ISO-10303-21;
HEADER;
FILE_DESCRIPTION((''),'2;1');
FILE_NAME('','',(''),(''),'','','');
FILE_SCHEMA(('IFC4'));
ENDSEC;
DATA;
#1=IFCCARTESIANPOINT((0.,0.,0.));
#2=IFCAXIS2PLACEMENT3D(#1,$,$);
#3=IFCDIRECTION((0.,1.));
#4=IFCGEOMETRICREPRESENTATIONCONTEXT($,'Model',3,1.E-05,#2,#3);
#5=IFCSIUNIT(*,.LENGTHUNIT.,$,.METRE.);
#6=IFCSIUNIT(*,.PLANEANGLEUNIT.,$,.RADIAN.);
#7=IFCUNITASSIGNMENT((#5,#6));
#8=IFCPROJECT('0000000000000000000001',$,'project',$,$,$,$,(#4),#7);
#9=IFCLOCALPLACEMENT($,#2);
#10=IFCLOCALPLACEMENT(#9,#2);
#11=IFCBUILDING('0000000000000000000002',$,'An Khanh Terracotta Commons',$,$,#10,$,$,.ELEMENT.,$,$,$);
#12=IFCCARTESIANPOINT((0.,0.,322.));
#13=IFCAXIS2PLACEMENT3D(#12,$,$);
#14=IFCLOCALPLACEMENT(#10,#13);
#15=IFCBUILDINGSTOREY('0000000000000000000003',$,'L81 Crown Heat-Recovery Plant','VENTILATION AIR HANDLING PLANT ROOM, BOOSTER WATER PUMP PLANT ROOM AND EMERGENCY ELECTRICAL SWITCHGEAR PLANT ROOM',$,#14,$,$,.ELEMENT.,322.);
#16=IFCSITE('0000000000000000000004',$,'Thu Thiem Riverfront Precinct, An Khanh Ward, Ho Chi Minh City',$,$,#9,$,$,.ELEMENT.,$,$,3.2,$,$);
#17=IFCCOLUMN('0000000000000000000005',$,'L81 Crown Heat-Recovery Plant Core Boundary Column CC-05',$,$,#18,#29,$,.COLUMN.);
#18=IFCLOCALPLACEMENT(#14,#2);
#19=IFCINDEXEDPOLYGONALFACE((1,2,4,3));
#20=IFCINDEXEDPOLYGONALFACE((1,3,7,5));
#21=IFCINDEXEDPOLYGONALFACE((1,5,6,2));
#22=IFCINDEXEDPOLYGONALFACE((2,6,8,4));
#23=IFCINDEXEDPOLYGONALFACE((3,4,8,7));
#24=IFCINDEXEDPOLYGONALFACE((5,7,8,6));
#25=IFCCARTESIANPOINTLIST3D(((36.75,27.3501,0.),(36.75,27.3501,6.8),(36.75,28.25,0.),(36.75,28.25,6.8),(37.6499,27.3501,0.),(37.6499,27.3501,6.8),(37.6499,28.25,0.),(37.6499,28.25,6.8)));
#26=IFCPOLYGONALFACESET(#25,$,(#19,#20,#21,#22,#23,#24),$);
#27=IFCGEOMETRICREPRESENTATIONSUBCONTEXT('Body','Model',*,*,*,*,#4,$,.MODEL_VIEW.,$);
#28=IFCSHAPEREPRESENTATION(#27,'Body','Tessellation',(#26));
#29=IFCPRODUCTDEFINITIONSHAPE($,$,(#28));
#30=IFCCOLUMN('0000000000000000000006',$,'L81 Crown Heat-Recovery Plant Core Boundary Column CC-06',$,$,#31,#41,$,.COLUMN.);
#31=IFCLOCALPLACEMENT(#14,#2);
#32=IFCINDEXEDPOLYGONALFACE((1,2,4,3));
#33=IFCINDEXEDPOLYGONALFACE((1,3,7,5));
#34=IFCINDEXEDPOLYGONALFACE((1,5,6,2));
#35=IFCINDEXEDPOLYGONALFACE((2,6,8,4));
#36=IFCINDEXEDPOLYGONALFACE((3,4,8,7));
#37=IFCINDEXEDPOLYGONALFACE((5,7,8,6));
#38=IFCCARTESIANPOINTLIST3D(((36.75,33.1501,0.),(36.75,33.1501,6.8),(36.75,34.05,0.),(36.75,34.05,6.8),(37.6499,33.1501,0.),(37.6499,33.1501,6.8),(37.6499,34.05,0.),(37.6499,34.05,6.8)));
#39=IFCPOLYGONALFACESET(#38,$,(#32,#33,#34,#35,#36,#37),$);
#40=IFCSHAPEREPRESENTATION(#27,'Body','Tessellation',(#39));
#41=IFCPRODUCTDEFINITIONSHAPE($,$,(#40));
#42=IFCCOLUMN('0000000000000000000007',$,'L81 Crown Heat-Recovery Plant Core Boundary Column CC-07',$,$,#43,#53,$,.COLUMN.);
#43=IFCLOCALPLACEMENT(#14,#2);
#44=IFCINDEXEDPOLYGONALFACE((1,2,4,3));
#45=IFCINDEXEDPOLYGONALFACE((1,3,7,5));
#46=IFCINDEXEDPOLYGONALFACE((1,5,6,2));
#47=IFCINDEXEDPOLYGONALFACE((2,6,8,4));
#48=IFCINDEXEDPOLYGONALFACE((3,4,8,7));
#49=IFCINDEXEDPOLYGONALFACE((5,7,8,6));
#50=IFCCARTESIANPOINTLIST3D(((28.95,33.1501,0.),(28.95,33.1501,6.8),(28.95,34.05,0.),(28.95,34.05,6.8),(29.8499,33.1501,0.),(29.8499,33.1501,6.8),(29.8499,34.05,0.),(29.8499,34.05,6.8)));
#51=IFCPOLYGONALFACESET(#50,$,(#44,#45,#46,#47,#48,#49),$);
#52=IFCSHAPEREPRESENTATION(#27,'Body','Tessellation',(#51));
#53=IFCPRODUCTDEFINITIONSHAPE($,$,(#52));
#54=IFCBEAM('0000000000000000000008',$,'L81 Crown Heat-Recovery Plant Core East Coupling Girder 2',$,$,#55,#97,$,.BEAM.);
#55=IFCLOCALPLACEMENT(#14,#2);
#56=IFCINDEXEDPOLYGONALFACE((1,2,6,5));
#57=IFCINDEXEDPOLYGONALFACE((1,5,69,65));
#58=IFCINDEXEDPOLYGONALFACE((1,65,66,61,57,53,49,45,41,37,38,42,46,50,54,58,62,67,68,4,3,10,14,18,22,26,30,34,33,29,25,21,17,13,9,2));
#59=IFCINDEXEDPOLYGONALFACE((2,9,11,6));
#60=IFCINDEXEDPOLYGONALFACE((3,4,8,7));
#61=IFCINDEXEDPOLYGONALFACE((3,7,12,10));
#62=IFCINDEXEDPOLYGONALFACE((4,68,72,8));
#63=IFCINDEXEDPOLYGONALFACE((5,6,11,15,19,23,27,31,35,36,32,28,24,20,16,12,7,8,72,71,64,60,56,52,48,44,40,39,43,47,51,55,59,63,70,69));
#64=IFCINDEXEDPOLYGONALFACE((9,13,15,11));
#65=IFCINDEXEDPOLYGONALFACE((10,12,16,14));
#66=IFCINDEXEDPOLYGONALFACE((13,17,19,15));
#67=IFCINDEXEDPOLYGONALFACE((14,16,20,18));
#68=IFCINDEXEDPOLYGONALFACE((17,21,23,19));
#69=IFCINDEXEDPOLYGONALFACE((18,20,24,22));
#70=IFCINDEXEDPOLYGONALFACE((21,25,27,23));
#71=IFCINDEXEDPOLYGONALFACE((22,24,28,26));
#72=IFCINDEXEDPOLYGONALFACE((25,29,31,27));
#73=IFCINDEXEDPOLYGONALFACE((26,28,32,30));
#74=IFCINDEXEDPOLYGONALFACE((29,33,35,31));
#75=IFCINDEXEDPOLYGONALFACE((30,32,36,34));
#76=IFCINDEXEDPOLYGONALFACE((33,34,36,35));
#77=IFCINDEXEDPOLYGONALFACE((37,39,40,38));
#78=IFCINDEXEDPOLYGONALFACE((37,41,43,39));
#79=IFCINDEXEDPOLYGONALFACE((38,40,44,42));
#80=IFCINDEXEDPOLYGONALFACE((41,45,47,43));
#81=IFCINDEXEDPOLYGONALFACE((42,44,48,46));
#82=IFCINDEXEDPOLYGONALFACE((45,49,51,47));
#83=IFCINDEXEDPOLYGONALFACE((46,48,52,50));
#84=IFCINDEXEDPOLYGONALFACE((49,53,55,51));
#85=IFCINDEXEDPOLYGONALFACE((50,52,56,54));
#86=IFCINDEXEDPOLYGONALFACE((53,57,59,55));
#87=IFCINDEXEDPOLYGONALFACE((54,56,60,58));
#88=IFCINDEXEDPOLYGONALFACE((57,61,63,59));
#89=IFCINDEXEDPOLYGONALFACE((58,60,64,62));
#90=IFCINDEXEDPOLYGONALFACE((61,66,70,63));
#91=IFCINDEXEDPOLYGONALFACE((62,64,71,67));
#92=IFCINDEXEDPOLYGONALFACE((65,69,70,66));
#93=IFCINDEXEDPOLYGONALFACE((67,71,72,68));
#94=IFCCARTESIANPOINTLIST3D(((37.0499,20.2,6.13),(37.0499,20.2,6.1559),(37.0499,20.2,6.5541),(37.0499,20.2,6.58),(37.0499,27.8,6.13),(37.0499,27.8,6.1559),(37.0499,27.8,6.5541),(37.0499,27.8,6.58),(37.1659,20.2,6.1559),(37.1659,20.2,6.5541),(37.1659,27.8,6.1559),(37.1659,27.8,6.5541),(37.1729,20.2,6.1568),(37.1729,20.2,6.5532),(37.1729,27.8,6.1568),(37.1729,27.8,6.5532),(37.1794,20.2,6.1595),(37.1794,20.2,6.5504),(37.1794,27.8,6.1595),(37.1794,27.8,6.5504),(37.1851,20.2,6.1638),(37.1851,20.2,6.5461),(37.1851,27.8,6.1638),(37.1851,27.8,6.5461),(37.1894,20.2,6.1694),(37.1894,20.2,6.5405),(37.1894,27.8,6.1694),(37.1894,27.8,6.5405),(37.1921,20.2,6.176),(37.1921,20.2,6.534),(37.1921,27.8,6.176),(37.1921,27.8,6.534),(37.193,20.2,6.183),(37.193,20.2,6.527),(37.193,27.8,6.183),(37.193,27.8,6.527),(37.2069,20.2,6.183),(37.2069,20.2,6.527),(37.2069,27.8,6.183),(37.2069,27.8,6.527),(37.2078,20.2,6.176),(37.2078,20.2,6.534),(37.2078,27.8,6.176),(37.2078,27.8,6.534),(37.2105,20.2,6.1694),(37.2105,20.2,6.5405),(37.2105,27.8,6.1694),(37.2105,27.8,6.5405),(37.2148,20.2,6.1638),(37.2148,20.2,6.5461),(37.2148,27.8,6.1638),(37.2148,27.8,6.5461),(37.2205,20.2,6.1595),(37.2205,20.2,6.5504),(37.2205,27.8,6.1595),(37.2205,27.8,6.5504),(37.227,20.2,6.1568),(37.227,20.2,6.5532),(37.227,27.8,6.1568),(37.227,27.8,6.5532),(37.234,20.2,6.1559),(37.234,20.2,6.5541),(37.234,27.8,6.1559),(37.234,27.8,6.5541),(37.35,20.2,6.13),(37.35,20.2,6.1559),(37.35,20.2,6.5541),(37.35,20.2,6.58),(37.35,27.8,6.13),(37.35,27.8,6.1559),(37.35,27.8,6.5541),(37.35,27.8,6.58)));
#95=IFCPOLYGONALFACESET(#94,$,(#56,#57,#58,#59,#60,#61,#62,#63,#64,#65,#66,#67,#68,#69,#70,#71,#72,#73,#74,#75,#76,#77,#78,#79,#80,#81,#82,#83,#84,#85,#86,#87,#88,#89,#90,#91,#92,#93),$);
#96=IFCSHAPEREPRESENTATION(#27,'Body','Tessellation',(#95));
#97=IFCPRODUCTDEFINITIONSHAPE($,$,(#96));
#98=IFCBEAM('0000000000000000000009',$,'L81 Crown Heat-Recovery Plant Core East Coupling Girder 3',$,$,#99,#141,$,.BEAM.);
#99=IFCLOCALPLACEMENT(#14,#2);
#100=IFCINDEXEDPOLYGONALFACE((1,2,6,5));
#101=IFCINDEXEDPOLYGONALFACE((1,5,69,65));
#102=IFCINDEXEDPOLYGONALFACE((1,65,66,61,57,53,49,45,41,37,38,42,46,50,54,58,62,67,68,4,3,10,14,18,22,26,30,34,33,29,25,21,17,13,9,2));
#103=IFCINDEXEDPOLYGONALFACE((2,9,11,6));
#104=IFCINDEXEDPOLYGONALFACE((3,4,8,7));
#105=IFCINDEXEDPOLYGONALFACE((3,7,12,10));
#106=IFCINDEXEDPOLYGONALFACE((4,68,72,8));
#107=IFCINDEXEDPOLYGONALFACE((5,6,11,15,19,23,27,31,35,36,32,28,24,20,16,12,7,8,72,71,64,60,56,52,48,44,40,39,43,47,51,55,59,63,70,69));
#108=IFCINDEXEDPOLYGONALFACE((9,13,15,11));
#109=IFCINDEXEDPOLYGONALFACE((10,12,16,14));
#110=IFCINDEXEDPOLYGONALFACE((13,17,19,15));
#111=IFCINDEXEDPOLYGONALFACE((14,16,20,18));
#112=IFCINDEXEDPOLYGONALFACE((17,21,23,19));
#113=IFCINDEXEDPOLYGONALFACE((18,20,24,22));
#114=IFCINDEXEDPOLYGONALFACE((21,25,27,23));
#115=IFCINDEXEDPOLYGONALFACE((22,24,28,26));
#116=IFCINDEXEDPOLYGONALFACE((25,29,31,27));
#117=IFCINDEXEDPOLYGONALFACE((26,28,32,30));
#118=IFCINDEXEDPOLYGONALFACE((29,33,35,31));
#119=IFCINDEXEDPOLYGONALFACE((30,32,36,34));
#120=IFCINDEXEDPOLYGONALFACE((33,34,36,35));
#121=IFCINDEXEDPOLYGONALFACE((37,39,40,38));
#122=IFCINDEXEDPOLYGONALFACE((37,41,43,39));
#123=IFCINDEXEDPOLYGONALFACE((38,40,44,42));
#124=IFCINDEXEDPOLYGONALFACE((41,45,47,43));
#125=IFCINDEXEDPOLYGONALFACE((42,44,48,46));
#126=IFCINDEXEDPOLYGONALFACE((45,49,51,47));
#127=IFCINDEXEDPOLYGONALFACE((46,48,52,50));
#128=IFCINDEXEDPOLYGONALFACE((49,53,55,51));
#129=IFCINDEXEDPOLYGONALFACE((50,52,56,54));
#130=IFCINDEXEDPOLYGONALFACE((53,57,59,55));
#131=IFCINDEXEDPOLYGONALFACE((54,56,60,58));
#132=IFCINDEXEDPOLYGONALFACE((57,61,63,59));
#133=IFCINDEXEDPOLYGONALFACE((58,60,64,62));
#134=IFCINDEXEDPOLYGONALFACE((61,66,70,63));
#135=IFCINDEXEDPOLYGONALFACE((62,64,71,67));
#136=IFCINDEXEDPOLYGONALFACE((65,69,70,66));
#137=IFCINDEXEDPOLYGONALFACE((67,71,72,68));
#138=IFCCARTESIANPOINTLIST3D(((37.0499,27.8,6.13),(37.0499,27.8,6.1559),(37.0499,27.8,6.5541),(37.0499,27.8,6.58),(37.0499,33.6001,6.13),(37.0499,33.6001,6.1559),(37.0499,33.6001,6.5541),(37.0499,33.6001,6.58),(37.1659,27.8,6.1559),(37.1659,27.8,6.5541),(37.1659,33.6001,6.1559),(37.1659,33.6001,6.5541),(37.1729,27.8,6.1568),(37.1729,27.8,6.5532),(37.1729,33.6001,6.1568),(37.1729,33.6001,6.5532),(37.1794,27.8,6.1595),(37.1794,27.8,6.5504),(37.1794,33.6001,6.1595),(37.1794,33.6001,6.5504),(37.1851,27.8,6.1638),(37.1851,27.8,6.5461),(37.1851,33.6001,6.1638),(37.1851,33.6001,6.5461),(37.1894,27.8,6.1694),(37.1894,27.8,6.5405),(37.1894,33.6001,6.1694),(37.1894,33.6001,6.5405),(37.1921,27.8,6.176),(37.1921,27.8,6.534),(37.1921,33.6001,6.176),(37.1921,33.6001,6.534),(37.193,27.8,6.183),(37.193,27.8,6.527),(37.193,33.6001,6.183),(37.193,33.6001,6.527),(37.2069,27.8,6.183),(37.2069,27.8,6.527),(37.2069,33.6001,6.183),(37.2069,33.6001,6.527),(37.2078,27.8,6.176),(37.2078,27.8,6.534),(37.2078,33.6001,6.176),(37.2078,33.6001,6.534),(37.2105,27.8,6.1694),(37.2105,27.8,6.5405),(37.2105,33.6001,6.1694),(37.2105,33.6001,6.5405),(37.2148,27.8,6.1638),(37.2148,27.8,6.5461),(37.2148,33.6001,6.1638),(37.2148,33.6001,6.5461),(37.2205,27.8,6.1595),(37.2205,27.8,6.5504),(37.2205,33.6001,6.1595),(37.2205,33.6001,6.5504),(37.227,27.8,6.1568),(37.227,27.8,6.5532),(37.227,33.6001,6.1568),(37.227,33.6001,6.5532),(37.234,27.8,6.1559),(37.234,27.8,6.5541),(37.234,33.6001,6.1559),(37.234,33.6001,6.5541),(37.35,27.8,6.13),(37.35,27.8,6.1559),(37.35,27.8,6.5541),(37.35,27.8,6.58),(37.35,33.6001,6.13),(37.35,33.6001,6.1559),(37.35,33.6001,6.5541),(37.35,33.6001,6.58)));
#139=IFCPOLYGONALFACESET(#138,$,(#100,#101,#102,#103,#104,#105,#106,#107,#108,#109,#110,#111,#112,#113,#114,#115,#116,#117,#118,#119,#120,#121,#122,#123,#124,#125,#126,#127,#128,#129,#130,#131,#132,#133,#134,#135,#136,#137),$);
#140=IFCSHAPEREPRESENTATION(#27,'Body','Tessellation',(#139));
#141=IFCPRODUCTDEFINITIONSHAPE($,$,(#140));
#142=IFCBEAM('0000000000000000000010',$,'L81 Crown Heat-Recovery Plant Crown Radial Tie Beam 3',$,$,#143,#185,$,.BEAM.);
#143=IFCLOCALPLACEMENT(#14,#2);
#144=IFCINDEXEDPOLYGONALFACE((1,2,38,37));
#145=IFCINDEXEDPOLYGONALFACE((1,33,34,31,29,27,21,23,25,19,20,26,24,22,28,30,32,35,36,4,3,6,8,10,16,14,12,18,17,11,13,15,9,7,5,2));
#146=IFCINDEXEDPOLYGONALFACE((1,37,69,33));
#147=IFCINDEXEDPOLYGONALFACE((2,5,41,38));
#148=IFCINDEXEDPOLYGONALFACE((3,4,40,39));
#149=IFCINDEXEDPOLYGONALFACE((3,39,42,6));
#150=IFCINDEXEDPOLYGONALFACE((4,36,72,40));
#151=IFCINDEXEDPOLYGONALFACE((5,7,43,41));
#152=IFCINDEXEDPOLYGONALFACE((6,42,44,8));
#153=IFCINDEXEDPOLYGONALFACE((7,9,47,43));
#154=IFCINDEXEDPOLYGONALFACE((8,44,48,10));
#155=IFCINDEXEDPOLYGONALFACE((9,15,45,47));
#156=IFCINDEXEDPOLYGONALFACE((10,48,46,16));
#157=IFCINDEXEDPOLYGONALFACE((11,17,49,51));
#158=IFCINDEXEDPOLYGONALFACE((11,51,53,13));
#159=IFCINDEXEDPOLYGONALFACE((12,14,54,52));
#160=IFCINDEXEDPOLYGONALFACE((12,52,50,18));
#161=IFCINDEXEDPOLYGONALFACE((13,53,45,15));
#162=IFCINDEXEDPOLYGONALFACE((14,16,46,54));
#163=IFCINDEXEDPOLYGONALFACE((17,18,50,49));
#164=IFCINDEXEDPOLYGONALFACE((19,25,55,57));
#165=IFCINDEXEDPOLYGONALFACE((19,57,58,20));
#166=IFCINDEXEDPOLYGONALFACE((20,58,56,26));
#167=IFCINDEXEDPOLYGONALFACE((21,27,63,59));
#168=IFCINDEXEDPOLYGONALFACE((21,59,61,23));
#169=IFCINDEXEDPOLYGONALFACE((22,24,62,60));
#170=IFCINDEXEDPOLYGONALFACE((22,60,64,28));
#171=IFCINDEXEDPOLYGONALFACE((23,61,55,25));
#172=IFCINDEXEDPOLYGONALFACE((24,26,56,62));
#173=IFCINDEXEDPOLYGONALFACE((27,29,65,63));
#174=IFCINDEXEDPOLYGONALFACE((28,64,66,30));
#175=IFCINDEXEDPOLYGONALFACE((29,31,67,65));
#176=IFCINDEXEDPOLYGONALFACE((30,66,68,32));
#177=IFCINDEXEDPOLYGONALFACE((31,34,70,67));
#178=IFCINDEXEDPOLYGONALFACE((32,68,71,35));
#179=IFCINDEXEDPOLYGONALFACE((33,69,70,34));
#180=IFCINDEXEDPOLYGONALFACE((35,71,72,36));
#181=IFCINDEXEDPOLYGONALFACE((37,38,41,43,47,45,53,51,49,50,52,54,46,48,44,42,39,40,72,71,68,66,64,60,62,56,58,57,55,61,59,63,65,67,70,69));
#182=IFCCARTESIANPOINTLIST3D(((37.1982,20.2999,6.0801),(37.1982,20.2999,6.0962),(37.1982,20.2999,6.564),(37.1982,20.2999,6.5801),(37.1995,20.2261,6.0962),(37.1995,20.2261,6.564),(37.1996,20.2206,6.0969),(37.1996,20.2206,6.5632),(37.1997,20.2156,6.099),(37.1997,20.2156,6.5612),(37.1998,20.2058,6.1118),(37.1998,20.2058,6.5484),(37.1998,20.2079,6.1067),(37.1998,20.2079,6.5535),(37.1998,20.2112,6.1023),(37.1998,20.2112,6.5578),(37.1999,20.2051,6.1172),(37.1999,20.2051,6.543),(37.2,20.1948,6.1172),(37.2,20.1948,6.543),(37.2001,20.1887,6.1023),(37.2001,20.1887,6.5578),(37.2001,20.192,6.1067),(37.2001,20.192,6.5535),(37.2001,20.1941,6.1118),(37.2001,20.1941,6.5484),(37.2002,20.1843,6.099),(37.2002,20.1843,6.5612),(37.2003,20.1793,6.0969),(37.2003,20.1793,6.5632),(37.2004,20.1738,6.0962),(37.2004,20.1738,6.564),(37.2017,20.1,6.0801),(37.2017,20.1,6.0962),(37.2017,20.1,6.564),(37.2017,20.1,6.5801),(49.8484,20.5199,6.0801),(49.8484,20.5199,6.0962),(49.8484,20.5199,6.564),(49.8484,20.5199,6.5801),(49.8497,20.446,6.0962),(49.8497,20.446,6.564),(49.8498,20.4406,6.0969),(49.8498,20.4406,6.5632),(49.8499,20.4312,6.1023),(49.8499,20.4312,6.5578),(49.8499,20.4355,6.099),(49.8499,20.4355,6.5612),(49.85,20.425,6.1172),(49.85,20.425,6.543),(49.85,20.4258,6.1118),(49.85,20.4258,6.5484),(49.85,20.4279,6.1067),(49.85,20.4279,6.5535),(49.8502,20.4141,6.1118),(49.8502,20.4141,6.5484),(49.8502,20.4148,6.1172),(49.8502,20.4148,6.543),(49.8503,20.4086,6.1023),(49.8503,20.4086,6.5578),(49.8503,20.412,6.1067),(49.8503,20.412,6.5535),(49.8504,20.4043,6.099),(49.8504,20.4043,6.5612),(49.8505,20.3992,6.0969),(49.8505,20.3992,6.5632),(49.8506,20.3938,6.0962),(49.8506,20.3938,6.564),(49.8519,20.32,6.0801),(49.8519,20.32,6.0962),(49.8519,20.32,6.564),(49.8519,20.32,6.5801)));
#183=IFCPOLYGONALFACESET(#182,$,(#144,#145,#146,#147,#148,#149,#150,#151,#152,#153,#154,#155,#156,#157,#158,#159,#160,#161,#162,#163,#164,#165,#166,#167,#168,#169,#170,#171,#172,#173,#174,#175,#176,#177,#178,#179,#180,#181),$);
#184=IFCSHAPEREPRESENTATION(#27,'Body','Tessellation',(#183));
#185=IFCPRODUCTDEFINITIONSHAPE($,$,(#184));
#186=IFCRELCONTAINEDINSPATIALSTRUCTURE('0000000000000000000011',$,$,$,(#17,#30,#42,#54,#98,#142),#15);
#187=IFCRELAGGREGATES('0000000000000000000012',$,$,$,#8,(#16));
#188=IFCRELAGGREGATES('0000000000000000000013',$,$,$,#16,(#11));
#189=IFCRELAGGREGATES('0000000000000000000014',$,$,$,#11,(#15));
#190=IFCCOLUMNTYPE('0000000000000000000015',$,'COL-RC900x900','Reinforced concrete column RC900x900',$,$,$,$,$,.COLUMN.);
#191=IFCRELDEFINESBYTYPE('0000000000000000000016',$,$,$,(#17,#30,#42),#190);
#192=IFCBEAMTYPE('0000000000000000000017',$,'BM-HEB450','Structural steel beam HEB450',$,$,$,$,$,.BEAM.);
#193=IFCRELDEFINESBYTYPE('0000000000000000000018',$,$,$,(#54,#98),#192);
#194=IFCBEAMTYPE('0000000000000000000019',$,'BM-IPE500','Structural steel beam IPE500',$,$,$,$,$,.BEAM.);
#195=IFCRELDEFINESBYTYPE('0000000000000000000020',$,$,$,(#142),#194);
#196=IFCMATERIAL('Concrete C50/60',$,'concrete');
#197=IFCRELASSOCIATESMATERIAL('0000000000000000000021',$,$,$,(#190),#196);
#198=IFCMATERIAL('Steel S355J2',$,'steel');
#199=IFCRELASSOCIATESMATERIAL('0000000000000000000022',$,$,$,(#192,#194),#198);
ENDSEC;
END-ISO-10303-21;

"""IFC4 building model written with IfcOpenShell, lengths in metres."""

from ifc_helpers import new_model, si_unit, direction, frame, origin, origin_2d, place, context, subcontext, project, spatial, rectangle, i_section, extrude, material, material_profile, profile_set, type_object, element, save


model = new_model("IFC4")

# Units and contexts
model_context = context("Model", 3, precision=1e-05, world=origin(), true_north=direction((0.0, 1.0)))
body_context = subcontext(model_context, "Body", "Model", "MODEL_VIEW")
ifc_project = project(units=[si_unit("LENGTHUNIT", "METRE"), si_unit("PLANEANGLEUNIT", "RADIAN")], contexts=[model_context])

# Site, building, storey
site_placement = place(None, origin())
site = spatial("IfcSite", under=ifc_project, at=site_placement, Name="Thu Thiem Riverfront Precinct, An Khanh Ward, Ho Chi Minh City", CompositionType="ELEMENT", RefElevation=3.2)
building_placement = place(site_placement, origin())
building = spatial("IfcBuilding", under=site, at=building_placement, Name="An Khanh Terracotta Commons", CompositionType="ELEMENT")
storey_placement = place(building_placement, frame((0.0, 0.0, 322.0)))
storey = spatial("IfcBuildingStorey", under=building, at=storey_placement, Name="L81 Crown Heat-Recovery Plant", Description="VENTILATION AIR HANDLING PLANT ROOM, BOOSTER WATER PUMP PLANT ROOM AND EMERGENCY ELECTRICAL SWITCHGEAR PLANT ROOM", CompositionType="ELEMENT", Elevation=322.0)

# Columns
ifc_material_1 = material(Name="Concrete C50/60", Category="concrete")
ifc_material_profile_1 = material_profile(ifc_material_1, rectangle(XDim=0.8999, YDim=0.8999, at=origin_2d()), Name="RC900x900")
ifc_profile_set_1 = profile_set([ifc_material_profile_1], Name="Concrete C50/60")
column_type = type_object("IfcColumnType", Name="COL-RC900x900", Description="Reinforced concrete column RC900x900", PredefinedType="COLUMN", material=ifc_profile_set_1)
for number, where, z_axis, x_axis, name in (
    (1, (37.2, 27.8, 0.0), (0.0, 0.0, 1.0), (1.0, 0.0, 0.0), "L81 Crown Heat-Recovery Plant Core Boundary Column CC-05"),
    (2, (37.2, 33.6001, 0.0), (0.0, 0.0, 1.0), (1.0, 0.0, 0.0), "L81 Crown Heat-Recovery Plant Core Boundary Column CC-06"),
    (3, (29.3999, 33.6001, 0.0), (0.0, 0.0, 1.0), (1.0, 0.0, 0.0), "L81 Crown Heat-Recovery Plant Core Boundary Column CC-07"),
):
    element("IfcColumn", number, at=place(storey_placement, frame(where, z_axis=z_axis, x_axis=x_axis)), inside=storey, type_object=column_type, Name=name, PredefinedType="COLUMN", context=body_context, shape_type="SweptSolid", body=[
        extrude(rectangle(XDim=0.8999, YDim=0.8999, at=origin_2d()), origin(), (0.0, 0.0, 1.0), 6.8),
    ])

# Beams
ifc_material_2 = material(Name="Steel S355J2", Category="steel")
ifc_material_profile_2 = material_profile(ifc_material_2, i_section(OverallWidth=0.3, OverallDepth=0.45, WebThickness=0.0139, FlangeThickness=0.0259, FilletRadius=0.0271, at=origin_2d()), Name="HEB450")
ifc_profile_set_2 = profile_set([ifc_material_profile_2], Name="Steel S355J2")
beam_type_1 = type_object("IfcBeamType", Name="BM-HEB450", Description="Structural steel beam HEB450", PredefinedType="BEAM", material=ifc_profile_set_2)
beam_1_placement = place(storey_placement, frame((37.2, 20.2, 6.355), z_axis=(0.0, 1.0, 0.0), x_axis=(-1.0, 0.0, 0.0)))
element("IfcBeam", 4, at=beam_1_placement, inside=storey, type_object=beam_type_1, Name="L81 Crown Heat-Recovery Plant Core East Coupling Girder 2", PredefinedType="BEAM", context=body_context, shape_type="SweptSolid", body=[
    extrude(i_section(OverallWidth=0.3, OverallDepth=0.45, WebThickness=0.0139, FlangeThickness=0.0259, FilletRadius=0.0271, at=origin_2d()), origin(), (0.0, 0.0, 1.0), 7.6001),
])
beam_2_placement = place(storey_placement, frame((37.2, 27.8, 6.355), z_axis=(0.0, 1.0, 0.0), x_axis=(-1.0, 0.0, 0.0)))
element("IfcBeam", 5, at=beam_2_placement, inside=storey, type_object=beam_type_1, Name="L81 Crown Heat-Recovery Plant Core East Coupling Girder 3", PredefinedType="BEAM", context=body_context, shape_type="SweptSolid", body=[
    extrude(i_section(OverallWidth=0.3, OverallDepth=0.45, WebThickness=0.0139, FlangeThickness=0.0259, FilletRadius=0.0271, at=origin_2d()), origin(), (0.0, 0.0, 1.0), 5.8),
])
ifc_material_profile_3 = material_profile(ifc_material_2, i_section(OverallWidth=0.2, OverallDepth=0.5, WebThickness=0.0103, FlangeThickness=0.0161, FilletRadius=0.021, at=origin_2d()), Name="IPE500")
ifc_profile_set_3 = profile_set([ifc_material_profile_3], Name="Steel S355J2")
beam_type_2 = type_object("IfcBeamType", Name="BM-IPE500", Description="Structural steel beam IPE500", PredefinedType="BEAM", material=ifc_profile_set_3)
beam_3_placement = place(storey_placement, frame((37.2, 20.2, 6.3301), z_axis=(0.999849, 0.017386, 0.0), x_axis=(-0.017386, 0.999849, 0.0)))
element("IfcBeam", 6, at=beam_3_placement, inside=storey, type_object=beam_type_2, Name="L81 Crown Heat-Recovery Plant Crown Radial Tie Beam 3", PredefinedType="BEAM", context=body_context, shape_type="SweptSolid", body=[
    extrude(i_section(OverallWidth=0.2, OverallDepth=0.5, WebThickness=0.0103, FlangeThickness=0.0161, FilletRadius=0.021, at=origin_2d()), origin(), (0.0, 0.0, 1.0), 12.6521),
])

save(model, "model.ifc")
